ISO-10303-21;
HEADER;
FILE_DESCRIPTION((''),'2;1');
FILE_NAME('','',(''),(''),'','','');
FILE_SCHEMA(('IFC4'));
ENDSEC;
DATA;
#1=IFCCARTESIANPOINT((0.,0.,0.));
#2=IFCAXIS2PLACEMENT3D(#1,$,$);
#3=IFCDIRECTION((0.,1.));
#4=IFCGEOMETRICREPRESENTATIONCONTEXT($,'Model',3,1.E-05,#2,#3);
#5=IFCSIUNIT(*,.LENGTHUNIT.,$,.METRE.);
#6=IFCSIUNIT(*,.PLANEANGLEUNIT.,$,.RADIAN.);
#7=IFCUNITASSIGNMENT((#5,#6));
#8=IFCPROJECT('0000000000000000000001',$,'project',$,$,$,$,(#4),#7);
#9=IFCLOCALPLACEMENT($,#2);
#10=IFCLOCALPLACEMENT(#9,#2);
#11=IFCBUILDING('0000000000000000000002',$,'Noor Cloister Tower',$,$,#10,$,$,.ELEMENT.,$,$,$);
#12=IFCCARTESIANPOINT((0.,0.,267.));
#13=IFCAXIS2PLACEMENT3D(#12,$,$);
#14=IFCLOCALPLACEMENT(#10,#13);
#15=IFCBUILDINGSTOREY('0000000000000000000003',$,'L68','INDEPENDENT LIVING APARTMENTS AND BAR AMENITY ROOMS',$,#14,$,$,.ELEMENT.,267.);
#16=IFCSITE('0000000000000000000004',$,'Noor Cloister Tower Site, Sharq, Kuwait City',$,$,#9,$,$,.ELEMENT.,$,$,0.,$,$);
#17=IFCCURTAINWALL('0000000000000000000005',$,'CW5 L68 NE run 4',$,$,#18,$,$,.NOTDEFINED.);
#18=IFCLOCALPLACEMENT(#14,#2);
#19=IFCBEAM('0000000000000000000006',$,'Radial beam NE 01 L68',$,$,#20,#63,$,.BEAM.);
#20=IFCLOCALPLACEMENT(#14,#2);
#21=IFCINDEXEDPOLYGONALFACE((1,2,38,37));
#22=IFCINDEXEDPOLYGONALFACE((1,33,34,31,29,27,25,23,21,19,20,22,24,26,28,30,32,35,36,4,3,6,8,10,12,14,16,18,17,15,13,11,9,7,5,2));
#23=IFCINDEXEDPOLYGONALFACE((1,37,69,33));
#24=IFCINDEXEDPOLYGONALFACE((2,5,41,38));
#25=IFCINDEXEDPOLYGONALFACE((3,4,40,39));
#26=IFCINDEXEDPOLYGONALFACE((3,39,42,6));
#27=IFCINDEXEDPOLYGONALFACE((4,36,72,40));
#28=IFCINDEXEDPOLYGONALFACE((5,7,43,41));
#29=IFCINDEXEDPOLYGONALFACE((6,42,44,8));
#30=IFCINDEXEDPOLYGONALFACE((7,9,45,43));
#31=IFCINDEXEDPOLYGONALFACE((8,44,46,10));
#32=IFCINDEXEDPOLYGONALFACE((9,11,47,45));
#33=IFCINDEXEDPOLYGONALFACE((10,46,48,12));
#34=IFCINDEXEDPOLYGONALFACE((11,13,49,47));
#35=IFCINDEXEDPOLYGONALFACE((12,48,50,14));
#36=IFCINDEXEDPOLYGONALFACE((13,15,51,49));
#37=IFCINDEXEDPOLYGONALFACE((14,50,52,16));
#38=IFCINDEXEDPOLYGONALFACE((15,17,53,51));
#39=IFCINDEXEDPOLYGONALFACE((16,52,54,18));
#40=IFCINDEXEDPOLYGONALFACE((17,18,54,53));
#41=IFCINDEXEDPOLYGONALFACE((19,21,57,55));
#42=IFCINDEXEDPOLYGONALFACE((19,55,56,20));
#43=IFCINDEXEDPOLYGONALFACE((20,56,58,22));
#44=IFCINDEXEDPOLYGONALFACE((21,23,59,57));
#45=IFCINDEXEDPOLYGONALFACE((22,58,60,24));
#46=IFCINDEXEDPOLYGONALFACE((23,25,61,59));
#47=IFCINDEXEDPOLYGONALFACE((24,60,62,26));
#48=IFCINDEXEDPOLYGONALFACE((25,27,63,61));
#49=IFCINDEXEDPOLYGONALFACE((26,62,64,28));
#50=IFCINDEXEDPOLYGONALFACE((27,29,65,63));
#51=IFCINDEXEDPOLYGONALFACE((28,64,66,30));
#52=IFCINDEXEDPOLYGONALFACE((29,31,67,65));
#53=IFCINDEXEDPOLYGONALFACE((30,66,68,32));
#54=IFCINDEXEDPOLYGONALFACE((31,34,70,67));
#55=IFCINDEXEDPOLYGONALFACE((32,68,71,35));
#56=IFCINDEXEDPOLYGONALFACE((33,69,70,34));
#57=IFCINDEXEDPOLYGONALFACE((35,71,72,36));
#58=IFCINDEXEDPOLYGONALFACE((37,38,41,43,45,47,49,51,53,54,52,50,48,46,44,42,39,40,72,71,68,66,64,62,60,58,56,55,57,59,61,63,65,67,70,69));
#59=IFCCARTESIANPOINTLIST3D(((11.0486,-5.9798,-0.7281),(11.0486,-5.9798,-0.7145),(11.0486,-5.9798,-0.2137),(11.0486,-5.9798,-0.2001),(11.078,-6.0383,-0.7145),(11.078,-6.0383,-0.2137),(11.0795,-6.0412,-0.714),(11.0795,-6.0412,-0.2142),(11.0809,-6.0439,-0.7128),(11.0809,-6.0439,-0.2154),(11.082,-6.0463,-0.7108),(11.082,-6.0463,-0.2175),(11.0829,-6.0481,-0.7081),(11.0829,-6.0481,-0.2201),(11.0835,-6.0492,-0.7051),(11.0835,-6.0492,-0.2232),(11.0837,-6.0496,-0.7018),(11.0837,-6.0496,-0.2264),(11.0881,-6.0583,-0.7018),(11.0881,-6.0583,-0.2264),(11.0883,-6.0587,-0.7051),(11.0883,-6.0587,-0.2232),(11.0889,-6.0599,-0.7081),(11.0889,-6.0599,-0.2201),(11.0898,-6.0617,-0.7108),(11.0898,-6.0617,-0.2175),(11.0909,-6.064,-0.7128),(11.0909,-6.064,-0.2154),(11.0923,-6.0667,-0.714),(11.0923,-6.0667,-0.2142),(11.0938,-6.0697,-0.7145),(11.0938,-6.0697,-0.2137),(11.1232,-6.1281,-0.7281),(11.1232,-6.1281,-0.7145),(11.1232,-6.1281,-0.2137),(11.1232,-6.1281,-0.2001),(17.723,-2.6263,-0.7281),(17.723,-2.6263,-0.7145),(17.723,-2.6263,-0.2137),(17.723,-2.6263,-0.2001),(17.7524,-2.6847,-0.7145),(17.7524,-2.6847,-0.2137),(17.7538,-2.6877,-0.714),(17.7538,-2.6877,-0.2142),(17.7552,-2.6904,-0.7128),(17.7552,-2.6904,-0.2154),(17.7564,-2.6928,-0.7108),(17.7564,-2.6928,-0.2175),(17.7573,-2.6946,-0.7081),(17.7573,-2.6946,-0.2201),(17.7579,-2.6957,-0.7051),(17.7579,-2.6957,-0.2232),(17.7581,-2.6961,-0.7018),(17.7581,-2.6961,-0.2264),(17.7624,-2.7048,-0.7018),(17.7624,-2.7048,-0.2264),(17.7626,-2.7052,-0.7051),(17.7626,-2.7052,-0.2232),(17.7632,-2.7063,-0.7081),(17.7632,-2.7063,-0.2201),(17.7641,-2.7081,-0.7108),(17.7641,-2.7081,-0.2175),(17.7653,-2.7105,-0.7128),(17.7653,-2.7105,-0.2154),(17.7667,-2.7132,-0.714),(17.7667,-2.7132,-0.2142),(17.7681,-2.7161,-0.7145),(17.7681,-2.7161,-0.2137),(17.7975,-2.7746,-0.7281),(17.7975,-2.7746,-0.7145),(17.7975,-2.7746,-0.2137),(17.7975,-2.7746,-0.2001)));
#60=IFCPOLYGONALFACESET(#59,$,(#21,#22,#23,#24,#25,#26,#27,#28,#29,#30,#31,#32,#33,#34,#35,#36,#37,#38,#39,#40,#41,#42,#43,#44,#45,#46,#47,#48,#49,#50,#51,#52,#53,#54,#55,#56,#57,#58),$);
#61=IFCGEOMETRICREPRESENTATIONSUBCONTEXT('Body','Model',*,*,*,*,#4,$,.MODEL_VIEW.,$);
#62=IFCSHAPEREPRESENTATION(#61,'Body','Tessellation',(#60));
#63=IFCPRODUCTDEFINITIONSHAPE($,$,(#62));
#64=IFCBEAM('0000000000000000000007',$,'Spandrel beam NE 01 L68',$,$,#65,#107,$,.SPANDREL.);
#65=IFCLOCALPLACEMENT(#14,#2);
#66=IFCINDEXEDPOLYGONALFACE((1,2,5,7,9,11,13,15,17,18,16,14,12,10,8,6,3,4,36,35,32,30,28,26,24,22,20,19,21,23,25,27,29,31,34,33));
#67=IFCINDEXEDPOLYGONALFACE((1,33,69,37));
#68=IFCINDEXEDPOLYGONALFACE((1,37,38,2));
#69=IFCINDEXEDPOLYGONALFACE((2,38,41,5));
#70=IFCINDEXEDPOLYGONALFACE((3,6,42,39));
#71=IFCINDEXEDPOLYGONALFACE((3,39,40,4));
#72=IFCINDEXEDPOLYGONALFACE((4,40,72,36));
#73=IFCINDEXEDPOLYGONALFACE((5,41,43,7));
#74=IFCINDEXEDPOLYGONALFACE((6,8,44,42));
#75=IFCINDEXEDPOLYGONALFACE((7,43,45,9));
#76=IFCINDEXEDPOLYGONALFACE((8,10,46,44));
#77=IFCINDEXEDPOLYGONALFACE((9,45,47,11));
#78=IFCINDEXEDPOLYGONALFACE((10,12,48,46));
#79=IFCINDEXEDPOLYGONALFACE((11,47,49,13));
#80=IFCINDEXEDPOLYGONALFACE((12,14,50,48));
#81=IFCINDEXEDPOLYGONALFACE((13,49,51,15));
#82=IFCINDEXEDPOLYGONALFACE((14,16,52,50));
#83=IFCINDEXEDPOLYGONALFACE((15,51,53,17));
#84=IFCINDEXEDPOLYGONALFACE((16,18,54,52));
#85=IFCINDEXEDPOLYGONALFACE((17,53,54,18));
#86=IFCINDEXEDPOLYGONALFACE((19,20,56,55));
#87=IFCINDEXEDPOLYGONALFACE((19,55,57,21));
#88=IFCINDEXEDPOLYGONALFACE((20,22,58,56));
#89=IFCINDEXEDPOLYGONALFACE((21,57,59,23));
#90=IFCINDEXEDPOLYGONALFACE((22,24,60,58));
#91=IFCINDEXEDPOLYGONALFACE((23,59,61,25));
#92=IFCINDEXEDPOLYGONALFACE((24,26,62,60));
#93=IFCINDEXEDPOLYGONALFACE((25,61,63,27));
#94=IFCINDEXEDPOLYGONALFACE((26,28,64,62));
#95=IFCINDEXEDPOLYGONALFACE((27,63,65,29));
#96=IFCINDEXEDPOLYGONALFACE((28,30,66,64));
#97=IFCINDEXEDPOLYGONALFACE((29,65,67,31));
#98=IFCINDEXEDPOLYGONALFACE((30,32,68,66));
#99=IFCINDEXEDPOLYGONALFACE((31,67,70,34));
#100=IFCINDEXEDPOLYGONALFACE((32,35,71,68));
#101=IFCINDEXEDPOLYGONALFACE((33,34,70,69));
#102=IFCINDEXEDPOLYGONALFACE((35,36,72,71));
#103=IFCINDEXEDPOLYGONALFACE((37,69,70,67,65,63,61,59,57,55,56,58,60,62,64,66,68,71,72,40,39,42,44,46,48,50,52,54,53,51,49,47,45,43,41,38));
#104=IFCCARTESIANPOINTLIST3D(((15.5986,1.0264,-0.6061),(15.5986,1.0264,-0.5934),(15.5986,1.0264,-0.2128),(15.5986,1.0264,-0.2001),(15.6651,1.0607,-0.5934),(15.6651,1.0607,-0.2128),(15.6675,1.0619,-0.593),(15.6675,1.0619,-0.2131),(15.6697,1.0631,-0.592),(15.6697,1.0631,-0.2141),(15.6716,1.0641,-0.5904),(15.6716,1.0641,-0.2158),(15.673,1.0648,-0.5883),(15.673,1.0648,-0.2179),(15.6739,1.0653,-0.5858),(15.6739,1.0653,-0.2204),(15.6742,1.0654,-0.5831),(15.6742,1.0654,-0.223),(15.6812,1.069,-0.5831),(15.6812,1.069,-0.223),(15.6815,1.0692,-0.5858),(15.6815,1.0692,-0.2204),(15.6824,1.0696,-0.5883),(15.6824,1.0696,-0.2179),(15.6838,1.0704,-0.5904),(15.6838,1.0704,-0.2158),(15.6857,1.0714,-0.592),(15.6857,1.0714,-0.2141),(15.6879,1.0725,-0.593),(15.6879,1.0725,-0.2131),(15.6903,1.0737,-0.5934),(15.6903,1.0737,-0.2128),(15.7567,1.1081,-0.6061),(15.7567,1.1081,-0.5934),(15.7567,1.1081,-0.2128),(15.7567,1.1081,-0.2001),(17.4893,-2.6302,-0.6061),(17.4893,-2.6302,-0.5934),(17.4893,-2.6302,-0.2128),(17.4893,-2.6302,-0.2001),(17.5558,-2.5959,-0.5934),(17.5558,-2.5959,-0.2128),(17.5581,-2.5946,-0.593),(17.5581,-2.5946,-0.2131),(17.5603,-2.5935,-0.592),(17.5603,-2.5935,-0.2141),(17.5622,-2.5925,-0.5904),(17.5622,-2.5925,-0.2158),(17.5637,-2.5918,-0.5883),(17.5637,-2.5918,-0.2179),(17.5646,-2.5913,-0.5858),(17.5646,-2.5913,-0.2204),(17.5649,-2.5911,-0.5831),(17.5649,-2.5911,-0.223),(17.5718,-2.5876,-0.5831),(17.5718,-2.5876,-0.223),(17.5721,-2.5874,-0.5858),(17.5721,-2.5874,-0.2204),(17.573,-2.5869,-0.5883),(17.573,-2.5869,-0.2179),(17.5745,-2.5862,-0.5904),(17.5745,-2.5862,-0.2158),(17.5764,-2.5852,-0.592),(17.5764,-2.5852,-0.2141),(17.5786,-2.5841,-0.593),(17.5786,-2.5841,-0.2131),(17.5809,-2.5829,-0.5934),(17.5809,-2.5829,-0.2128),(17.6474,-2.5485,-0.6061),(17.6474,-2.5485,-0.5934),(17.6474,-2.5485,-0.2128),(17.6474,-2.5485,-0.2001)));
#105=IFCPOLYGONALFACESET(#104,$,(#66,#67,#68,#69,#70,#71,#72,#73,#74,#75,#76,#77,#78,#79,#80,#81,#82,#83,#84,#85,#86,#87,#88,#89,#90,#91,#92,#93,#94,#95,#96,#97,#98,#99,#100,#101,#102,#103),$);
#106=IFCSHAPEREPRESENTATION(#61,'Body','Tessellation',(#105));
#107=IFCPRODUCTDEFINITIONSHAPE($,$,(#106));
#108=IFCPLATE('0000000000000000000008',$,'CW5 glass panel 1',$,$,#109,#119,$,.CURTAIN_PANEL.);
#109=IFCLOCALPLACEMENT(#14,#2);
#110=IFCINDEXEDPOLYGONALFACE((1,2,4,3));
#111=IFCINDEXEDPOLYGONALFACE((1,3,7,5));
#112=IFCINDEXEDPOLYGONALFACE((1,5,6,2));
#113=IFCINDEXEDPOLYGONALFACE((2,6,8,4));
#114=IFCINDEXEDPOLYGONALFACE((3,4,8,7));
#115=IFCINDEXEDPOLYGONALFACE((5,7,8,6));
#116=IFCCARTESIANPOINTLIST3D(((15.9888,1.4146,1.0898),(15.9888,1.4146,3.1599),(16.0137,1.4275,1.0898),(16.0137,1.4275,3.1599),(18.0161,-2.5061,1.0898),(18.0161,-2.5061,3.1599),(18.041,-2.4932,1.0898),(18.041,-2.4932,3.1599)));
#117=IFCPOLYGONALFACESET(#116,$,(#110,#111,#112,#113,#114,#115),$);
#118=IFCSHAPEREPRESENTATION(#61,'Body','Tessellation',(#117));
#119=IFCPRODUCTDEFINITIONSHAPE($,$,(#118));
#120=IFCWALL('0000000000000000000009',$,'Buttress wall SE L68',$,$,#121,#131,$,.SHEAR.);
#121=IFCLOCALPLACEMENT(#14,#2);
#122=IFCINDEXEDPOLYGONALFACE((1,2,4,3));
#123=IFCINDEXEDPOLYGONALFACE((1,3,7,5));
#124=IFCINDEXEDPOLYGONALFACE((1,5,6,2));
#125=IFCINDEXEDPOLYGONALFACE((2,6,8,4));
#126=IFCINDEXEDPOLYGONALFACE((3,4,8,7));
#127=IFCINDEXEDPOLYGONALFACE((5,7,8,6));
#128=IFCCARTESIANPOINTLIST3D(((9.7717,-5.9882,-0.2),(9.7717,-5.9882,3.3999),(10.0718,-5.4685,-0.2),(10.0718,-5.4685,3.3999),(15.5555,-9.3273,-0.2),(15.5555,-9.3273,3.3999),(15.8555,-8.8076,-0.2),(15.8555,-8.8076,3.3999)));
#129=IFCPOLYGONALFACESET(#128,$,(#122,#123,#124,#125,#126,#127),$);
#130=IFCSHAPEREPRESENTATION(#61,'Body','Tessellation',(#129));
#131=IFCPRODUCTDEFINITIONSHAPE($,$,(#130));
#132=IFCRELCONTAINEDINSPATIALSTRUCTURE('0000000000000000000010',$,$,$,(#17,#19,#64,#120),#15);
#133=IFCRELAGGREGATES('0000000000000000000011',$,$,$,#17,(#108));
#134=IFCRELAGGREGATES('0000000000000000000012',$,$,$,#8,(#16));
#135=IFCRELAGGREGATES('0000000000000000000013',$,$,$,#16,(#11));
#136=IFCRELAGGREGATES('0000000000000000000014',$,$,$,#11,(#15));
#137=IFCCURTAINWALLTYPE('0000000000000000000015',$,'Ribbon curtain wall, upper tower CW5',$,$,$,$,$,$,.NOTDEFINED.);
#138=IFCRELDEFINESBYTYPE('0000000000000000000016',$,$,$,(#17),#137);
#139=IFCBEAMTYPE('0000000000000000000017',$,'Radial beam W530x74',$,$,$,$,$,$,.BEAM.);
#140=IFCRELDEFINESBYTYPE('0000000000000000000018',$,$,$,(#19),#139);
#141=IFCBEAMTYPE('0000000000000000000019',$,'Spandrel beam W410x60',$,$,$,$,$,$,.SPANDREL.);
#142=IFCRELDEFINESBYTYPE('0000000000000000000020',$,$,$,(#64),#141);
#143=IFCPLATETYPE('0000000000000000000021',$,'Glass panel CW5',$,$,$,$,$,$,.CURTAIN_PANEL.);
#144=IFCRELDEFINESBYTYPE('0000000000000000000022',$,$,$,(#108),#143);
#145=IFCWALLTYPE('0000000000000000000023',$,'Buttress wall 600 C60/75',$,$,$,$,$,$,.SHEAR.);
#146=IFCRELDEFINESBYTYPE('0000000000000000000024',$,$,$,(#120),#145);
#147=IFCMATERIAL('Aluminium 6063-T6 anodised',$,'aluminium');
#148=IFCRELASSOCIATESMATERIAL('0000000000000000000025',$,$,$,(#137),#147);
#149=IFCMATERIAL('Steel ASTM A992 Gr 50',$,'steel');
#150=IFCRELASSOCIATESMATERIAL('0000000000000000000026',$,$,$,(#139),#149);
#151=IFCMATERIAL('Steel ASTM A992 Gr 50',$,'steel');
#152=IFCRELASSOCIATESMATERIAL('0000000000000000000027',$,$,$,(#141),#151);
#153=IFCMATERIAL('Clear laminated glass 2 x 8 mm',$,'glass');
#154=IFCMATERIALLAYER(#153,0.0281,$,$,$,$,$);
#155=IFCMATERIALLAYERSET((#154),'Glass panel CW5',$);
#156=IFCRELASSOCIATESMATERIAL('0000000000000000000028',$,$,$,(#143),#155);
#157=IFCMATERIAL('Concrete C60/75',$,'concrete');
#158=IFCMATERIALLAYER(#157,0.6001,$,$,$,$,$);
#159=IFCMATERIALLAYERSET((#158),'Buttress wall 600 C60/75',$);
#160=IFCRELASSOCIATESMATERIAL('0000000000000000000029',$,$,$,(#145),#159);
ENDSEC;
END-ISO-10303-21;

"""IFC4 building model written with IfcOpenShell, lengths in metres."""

from ifc_helpers import new_model, si_unit, direction, frame, frame_2d, origin, origin_2d, place, context, subcontext, project, spatial, rectangle, i_section, extrude, material, layer, layer_set, material_profile, profile_set, type_object, element, aggregate, save


model = new_model("IFC4")

# Units and contexts
model_context = context("Model", 3, precision=1e-05, world=origin(), true_north=direction((0.0, 1.0)))
body_context = subcontext(model_context, "Body", "Model", "MODEL_VIEW")
ifc_project = project(units=[si_unit("LENGTHUNIT", "METRE"), si_unit("PLANEANGLEUNIT", "RADIAN")], contexts=[model_context])

# Site, building, storey
site_placement = place(None, origin())
site = spatial("IfcSite", under=ifc_project, at=site_placement, Name="Noor Cloister Tower Site, Sharq, Kuwait City", CompositionType="ELEMENT", RefElevation=0.0)
building_placement = place(site_placement, origin())
building = spatial("IfcBuilding", under=site, at=building_placement, Name="Noor Cloister Tower", CompositionType="ELEMENT")
storey_placement = place(building_placement, frame((0.0, 0.0, 267.0)))
storey = spatial("IfcBuildingStorey", under=building, at=storey_placement, Name="L68", Description="INDEPENDENT LIVING APARTMENTS AND BAR AMENITY ROOMS", CompositionType="ELEMENT", Elevation=267.0)

# Curtain wall
ifc_material_1 = material(Name="Aluminium 6063-T6 anodised", Category="aluminium")
curtain_wall_type = type_object("IfcCurtainWallType", Name="Ribbon curtain wall, upper tower CW5", PredefinedType="NOTDEFINED", material=ifc_material_1)
curtain_wall_1_placement = place(storey_placement, origin())
curtain_wall_1 = element("IfcCurtainWall", 1, at=curtain_wall_1_placement, inside=storey, type_object=curtain_wall_type, Name="CW5 L68 NE run 4", PredefinedType="NOTDEFINED")

# Beams
ifc_material_2 = material(Name="Steel ASTM A992 Gr 50", Category="steel")
ifc_material_profile_1 = material_profile(ifc_material_2, i_section(OverallWidth=0.166, OverallDepth=0.5281, WebThickness=0.0098, FlangeThickness=0.0137, FilletRadius=0.0127, at=origin_2d()), Name="W530x74")
ifc_profile_set_1 = profile_set([ifc_material_profile_1], Name="Steel ASTM A992 Gr 50")
beam_type_1 = type_object("IfcBeamType", Name="Radial beam W530x74", PredefinedType="BEAM", material=ifc_profile_set_1)
beam_1_placement = place(storey_placement, frame((17.7603, -2.7004, -0.4641), z_axis=(-0.89355, -0.448965, 0.0), x_axis=(0.448965, -0.89355, 0.0)))
element("IfcBeam", 2, at=beam_1_placement, inside=storey, type_object=beam_type_1, Name="Radial beam NE 01 L68", PredefinedType="BEAM", context=body_context, shape_type="SweptSolid", body=[
    extrude(i_section(OverallWidth=0.166, OverallDepth=0.5281, WebThickness=0.0098, FlangeThickness=0.0137, FilletRadius=0.0127, at=origin_2d()), origin(), (0.0, 0.0, 1.0), 7.4695),
])
ifc_material_3 = material(Name="Steel ASTM A992 Gr 50", Category="steel")
ifc_material_profile_2 = material_profile(ifc_material_3, i_section(OverallWidth=0.178, OverallDepth=0.406, WebThickness=0.0078, FlangeThickness=0.0127, FilletRadius=0.0103, at=origin_2d()), Name="W410x60")
ifc_profile_set_2 = profile_set([ifc_material_profile_2], Name="Steel ASTM A992 Gr 50")
beam_type_2 = type_object("IfcBeamType", Name="Spandrel beam W410x60", PredefinedType="SPANDREL", material=ifc_profile_set_2)
beam_2_placement = place(storey_placement, frame((17.5684, -2.5894, -0.4031), z_axis=(-0.459295, 0.888284, 0.0), x_axis=(-0.888284, -0.459295, 0.0)))
element("IfcBeam", 3, at=beam_2_placement, inside=storey, type_object=beam_type_2, Name="Spandrel beam NE 01 L68", PredefinedType="SPANDREL", context=body_context, shape_type="SweptSolid", body=[
    extrude(i_section(OverallWidth=0.178, OverallDepth=0.406, WebThickness=0.0078, FlangeThickness=0.0127, FilletRadius=0.0103, at=origin_2d()), origin(), (0.0, 0.0, 1.0), 4.1165),
])

# Plate
ifc_material_4 = material(Name="Clear laminated glass 2 x 8 mm", Category="glass")
ifc_layer_1 = layer(ifc_material_4, 0.0281)
ifc_layer_set_1 = layer_set([ifc_layer_1], Name="Glass panel CW5")
plate_type = type_object("IfcPlateType", Name="Glass panel CW5", PredefinedType="CURTAIN_PANEL", material=ifc_layer_set_1)
plate_placement = place(storey_placement, frame((17.0149, -0.5393, 1.0898), z_axis=(0.0, 0.0, 1.0), x_axis=(-0.459306, 0.888278, 0.0)))
plate = element("IfcPlate", 4, at=plate_placement, type_object=plate_type, Name="CW5 glass panel 1", PredefinedType="CURTAIN_PANEL", context=body_context, shape_type="SweptSolid", body=[
    extrude(rectangle(XDim=4.4138, YDim=0.0281, at=origin_2d()), origin(), (0.0, 0.0, 1.0), 2.0701),
])
aggregate(curtain_wall_1, [plate])

# Wall
ifc_material_5 = material(Name="Concrete C60/75", Category="concrete")
ifc_layer_2 = layer(ifc_material_5, 0.6001)
ifc_layer_set_2 = layer_set([ifc_layer_2], Name="Buttress wall 600 C60/75")
wall_type_1 = type_object("IfcWallType", Name="Buttress wall 600 C60/75", PredefinedType="SHEAR", material=ifc_layer_set_2)
wall_1_placement = place(storey_placement, frame((9.9216, -5.7283, -0.2), z_axis=(0.0, 0.0, 1.0), x_axis=(0.866032, -0.499988, 0.0)))
element("IfcWall", 5, at=wall_1_placement, inside=storey, type_object=wall_type_1, Name="Buttress wall SE L68", PredefinedType="SHEAR", context=body_context, shape_type="SweptSolid", body=[
    extrude(rectangle(XDim=6.6785, YDim=0.6001, at=frame_2d((3.3394, 0.0))), origin(), (0.0, 0.0, 1.0), 3.5999),
])

save(model, "model.ifc")
